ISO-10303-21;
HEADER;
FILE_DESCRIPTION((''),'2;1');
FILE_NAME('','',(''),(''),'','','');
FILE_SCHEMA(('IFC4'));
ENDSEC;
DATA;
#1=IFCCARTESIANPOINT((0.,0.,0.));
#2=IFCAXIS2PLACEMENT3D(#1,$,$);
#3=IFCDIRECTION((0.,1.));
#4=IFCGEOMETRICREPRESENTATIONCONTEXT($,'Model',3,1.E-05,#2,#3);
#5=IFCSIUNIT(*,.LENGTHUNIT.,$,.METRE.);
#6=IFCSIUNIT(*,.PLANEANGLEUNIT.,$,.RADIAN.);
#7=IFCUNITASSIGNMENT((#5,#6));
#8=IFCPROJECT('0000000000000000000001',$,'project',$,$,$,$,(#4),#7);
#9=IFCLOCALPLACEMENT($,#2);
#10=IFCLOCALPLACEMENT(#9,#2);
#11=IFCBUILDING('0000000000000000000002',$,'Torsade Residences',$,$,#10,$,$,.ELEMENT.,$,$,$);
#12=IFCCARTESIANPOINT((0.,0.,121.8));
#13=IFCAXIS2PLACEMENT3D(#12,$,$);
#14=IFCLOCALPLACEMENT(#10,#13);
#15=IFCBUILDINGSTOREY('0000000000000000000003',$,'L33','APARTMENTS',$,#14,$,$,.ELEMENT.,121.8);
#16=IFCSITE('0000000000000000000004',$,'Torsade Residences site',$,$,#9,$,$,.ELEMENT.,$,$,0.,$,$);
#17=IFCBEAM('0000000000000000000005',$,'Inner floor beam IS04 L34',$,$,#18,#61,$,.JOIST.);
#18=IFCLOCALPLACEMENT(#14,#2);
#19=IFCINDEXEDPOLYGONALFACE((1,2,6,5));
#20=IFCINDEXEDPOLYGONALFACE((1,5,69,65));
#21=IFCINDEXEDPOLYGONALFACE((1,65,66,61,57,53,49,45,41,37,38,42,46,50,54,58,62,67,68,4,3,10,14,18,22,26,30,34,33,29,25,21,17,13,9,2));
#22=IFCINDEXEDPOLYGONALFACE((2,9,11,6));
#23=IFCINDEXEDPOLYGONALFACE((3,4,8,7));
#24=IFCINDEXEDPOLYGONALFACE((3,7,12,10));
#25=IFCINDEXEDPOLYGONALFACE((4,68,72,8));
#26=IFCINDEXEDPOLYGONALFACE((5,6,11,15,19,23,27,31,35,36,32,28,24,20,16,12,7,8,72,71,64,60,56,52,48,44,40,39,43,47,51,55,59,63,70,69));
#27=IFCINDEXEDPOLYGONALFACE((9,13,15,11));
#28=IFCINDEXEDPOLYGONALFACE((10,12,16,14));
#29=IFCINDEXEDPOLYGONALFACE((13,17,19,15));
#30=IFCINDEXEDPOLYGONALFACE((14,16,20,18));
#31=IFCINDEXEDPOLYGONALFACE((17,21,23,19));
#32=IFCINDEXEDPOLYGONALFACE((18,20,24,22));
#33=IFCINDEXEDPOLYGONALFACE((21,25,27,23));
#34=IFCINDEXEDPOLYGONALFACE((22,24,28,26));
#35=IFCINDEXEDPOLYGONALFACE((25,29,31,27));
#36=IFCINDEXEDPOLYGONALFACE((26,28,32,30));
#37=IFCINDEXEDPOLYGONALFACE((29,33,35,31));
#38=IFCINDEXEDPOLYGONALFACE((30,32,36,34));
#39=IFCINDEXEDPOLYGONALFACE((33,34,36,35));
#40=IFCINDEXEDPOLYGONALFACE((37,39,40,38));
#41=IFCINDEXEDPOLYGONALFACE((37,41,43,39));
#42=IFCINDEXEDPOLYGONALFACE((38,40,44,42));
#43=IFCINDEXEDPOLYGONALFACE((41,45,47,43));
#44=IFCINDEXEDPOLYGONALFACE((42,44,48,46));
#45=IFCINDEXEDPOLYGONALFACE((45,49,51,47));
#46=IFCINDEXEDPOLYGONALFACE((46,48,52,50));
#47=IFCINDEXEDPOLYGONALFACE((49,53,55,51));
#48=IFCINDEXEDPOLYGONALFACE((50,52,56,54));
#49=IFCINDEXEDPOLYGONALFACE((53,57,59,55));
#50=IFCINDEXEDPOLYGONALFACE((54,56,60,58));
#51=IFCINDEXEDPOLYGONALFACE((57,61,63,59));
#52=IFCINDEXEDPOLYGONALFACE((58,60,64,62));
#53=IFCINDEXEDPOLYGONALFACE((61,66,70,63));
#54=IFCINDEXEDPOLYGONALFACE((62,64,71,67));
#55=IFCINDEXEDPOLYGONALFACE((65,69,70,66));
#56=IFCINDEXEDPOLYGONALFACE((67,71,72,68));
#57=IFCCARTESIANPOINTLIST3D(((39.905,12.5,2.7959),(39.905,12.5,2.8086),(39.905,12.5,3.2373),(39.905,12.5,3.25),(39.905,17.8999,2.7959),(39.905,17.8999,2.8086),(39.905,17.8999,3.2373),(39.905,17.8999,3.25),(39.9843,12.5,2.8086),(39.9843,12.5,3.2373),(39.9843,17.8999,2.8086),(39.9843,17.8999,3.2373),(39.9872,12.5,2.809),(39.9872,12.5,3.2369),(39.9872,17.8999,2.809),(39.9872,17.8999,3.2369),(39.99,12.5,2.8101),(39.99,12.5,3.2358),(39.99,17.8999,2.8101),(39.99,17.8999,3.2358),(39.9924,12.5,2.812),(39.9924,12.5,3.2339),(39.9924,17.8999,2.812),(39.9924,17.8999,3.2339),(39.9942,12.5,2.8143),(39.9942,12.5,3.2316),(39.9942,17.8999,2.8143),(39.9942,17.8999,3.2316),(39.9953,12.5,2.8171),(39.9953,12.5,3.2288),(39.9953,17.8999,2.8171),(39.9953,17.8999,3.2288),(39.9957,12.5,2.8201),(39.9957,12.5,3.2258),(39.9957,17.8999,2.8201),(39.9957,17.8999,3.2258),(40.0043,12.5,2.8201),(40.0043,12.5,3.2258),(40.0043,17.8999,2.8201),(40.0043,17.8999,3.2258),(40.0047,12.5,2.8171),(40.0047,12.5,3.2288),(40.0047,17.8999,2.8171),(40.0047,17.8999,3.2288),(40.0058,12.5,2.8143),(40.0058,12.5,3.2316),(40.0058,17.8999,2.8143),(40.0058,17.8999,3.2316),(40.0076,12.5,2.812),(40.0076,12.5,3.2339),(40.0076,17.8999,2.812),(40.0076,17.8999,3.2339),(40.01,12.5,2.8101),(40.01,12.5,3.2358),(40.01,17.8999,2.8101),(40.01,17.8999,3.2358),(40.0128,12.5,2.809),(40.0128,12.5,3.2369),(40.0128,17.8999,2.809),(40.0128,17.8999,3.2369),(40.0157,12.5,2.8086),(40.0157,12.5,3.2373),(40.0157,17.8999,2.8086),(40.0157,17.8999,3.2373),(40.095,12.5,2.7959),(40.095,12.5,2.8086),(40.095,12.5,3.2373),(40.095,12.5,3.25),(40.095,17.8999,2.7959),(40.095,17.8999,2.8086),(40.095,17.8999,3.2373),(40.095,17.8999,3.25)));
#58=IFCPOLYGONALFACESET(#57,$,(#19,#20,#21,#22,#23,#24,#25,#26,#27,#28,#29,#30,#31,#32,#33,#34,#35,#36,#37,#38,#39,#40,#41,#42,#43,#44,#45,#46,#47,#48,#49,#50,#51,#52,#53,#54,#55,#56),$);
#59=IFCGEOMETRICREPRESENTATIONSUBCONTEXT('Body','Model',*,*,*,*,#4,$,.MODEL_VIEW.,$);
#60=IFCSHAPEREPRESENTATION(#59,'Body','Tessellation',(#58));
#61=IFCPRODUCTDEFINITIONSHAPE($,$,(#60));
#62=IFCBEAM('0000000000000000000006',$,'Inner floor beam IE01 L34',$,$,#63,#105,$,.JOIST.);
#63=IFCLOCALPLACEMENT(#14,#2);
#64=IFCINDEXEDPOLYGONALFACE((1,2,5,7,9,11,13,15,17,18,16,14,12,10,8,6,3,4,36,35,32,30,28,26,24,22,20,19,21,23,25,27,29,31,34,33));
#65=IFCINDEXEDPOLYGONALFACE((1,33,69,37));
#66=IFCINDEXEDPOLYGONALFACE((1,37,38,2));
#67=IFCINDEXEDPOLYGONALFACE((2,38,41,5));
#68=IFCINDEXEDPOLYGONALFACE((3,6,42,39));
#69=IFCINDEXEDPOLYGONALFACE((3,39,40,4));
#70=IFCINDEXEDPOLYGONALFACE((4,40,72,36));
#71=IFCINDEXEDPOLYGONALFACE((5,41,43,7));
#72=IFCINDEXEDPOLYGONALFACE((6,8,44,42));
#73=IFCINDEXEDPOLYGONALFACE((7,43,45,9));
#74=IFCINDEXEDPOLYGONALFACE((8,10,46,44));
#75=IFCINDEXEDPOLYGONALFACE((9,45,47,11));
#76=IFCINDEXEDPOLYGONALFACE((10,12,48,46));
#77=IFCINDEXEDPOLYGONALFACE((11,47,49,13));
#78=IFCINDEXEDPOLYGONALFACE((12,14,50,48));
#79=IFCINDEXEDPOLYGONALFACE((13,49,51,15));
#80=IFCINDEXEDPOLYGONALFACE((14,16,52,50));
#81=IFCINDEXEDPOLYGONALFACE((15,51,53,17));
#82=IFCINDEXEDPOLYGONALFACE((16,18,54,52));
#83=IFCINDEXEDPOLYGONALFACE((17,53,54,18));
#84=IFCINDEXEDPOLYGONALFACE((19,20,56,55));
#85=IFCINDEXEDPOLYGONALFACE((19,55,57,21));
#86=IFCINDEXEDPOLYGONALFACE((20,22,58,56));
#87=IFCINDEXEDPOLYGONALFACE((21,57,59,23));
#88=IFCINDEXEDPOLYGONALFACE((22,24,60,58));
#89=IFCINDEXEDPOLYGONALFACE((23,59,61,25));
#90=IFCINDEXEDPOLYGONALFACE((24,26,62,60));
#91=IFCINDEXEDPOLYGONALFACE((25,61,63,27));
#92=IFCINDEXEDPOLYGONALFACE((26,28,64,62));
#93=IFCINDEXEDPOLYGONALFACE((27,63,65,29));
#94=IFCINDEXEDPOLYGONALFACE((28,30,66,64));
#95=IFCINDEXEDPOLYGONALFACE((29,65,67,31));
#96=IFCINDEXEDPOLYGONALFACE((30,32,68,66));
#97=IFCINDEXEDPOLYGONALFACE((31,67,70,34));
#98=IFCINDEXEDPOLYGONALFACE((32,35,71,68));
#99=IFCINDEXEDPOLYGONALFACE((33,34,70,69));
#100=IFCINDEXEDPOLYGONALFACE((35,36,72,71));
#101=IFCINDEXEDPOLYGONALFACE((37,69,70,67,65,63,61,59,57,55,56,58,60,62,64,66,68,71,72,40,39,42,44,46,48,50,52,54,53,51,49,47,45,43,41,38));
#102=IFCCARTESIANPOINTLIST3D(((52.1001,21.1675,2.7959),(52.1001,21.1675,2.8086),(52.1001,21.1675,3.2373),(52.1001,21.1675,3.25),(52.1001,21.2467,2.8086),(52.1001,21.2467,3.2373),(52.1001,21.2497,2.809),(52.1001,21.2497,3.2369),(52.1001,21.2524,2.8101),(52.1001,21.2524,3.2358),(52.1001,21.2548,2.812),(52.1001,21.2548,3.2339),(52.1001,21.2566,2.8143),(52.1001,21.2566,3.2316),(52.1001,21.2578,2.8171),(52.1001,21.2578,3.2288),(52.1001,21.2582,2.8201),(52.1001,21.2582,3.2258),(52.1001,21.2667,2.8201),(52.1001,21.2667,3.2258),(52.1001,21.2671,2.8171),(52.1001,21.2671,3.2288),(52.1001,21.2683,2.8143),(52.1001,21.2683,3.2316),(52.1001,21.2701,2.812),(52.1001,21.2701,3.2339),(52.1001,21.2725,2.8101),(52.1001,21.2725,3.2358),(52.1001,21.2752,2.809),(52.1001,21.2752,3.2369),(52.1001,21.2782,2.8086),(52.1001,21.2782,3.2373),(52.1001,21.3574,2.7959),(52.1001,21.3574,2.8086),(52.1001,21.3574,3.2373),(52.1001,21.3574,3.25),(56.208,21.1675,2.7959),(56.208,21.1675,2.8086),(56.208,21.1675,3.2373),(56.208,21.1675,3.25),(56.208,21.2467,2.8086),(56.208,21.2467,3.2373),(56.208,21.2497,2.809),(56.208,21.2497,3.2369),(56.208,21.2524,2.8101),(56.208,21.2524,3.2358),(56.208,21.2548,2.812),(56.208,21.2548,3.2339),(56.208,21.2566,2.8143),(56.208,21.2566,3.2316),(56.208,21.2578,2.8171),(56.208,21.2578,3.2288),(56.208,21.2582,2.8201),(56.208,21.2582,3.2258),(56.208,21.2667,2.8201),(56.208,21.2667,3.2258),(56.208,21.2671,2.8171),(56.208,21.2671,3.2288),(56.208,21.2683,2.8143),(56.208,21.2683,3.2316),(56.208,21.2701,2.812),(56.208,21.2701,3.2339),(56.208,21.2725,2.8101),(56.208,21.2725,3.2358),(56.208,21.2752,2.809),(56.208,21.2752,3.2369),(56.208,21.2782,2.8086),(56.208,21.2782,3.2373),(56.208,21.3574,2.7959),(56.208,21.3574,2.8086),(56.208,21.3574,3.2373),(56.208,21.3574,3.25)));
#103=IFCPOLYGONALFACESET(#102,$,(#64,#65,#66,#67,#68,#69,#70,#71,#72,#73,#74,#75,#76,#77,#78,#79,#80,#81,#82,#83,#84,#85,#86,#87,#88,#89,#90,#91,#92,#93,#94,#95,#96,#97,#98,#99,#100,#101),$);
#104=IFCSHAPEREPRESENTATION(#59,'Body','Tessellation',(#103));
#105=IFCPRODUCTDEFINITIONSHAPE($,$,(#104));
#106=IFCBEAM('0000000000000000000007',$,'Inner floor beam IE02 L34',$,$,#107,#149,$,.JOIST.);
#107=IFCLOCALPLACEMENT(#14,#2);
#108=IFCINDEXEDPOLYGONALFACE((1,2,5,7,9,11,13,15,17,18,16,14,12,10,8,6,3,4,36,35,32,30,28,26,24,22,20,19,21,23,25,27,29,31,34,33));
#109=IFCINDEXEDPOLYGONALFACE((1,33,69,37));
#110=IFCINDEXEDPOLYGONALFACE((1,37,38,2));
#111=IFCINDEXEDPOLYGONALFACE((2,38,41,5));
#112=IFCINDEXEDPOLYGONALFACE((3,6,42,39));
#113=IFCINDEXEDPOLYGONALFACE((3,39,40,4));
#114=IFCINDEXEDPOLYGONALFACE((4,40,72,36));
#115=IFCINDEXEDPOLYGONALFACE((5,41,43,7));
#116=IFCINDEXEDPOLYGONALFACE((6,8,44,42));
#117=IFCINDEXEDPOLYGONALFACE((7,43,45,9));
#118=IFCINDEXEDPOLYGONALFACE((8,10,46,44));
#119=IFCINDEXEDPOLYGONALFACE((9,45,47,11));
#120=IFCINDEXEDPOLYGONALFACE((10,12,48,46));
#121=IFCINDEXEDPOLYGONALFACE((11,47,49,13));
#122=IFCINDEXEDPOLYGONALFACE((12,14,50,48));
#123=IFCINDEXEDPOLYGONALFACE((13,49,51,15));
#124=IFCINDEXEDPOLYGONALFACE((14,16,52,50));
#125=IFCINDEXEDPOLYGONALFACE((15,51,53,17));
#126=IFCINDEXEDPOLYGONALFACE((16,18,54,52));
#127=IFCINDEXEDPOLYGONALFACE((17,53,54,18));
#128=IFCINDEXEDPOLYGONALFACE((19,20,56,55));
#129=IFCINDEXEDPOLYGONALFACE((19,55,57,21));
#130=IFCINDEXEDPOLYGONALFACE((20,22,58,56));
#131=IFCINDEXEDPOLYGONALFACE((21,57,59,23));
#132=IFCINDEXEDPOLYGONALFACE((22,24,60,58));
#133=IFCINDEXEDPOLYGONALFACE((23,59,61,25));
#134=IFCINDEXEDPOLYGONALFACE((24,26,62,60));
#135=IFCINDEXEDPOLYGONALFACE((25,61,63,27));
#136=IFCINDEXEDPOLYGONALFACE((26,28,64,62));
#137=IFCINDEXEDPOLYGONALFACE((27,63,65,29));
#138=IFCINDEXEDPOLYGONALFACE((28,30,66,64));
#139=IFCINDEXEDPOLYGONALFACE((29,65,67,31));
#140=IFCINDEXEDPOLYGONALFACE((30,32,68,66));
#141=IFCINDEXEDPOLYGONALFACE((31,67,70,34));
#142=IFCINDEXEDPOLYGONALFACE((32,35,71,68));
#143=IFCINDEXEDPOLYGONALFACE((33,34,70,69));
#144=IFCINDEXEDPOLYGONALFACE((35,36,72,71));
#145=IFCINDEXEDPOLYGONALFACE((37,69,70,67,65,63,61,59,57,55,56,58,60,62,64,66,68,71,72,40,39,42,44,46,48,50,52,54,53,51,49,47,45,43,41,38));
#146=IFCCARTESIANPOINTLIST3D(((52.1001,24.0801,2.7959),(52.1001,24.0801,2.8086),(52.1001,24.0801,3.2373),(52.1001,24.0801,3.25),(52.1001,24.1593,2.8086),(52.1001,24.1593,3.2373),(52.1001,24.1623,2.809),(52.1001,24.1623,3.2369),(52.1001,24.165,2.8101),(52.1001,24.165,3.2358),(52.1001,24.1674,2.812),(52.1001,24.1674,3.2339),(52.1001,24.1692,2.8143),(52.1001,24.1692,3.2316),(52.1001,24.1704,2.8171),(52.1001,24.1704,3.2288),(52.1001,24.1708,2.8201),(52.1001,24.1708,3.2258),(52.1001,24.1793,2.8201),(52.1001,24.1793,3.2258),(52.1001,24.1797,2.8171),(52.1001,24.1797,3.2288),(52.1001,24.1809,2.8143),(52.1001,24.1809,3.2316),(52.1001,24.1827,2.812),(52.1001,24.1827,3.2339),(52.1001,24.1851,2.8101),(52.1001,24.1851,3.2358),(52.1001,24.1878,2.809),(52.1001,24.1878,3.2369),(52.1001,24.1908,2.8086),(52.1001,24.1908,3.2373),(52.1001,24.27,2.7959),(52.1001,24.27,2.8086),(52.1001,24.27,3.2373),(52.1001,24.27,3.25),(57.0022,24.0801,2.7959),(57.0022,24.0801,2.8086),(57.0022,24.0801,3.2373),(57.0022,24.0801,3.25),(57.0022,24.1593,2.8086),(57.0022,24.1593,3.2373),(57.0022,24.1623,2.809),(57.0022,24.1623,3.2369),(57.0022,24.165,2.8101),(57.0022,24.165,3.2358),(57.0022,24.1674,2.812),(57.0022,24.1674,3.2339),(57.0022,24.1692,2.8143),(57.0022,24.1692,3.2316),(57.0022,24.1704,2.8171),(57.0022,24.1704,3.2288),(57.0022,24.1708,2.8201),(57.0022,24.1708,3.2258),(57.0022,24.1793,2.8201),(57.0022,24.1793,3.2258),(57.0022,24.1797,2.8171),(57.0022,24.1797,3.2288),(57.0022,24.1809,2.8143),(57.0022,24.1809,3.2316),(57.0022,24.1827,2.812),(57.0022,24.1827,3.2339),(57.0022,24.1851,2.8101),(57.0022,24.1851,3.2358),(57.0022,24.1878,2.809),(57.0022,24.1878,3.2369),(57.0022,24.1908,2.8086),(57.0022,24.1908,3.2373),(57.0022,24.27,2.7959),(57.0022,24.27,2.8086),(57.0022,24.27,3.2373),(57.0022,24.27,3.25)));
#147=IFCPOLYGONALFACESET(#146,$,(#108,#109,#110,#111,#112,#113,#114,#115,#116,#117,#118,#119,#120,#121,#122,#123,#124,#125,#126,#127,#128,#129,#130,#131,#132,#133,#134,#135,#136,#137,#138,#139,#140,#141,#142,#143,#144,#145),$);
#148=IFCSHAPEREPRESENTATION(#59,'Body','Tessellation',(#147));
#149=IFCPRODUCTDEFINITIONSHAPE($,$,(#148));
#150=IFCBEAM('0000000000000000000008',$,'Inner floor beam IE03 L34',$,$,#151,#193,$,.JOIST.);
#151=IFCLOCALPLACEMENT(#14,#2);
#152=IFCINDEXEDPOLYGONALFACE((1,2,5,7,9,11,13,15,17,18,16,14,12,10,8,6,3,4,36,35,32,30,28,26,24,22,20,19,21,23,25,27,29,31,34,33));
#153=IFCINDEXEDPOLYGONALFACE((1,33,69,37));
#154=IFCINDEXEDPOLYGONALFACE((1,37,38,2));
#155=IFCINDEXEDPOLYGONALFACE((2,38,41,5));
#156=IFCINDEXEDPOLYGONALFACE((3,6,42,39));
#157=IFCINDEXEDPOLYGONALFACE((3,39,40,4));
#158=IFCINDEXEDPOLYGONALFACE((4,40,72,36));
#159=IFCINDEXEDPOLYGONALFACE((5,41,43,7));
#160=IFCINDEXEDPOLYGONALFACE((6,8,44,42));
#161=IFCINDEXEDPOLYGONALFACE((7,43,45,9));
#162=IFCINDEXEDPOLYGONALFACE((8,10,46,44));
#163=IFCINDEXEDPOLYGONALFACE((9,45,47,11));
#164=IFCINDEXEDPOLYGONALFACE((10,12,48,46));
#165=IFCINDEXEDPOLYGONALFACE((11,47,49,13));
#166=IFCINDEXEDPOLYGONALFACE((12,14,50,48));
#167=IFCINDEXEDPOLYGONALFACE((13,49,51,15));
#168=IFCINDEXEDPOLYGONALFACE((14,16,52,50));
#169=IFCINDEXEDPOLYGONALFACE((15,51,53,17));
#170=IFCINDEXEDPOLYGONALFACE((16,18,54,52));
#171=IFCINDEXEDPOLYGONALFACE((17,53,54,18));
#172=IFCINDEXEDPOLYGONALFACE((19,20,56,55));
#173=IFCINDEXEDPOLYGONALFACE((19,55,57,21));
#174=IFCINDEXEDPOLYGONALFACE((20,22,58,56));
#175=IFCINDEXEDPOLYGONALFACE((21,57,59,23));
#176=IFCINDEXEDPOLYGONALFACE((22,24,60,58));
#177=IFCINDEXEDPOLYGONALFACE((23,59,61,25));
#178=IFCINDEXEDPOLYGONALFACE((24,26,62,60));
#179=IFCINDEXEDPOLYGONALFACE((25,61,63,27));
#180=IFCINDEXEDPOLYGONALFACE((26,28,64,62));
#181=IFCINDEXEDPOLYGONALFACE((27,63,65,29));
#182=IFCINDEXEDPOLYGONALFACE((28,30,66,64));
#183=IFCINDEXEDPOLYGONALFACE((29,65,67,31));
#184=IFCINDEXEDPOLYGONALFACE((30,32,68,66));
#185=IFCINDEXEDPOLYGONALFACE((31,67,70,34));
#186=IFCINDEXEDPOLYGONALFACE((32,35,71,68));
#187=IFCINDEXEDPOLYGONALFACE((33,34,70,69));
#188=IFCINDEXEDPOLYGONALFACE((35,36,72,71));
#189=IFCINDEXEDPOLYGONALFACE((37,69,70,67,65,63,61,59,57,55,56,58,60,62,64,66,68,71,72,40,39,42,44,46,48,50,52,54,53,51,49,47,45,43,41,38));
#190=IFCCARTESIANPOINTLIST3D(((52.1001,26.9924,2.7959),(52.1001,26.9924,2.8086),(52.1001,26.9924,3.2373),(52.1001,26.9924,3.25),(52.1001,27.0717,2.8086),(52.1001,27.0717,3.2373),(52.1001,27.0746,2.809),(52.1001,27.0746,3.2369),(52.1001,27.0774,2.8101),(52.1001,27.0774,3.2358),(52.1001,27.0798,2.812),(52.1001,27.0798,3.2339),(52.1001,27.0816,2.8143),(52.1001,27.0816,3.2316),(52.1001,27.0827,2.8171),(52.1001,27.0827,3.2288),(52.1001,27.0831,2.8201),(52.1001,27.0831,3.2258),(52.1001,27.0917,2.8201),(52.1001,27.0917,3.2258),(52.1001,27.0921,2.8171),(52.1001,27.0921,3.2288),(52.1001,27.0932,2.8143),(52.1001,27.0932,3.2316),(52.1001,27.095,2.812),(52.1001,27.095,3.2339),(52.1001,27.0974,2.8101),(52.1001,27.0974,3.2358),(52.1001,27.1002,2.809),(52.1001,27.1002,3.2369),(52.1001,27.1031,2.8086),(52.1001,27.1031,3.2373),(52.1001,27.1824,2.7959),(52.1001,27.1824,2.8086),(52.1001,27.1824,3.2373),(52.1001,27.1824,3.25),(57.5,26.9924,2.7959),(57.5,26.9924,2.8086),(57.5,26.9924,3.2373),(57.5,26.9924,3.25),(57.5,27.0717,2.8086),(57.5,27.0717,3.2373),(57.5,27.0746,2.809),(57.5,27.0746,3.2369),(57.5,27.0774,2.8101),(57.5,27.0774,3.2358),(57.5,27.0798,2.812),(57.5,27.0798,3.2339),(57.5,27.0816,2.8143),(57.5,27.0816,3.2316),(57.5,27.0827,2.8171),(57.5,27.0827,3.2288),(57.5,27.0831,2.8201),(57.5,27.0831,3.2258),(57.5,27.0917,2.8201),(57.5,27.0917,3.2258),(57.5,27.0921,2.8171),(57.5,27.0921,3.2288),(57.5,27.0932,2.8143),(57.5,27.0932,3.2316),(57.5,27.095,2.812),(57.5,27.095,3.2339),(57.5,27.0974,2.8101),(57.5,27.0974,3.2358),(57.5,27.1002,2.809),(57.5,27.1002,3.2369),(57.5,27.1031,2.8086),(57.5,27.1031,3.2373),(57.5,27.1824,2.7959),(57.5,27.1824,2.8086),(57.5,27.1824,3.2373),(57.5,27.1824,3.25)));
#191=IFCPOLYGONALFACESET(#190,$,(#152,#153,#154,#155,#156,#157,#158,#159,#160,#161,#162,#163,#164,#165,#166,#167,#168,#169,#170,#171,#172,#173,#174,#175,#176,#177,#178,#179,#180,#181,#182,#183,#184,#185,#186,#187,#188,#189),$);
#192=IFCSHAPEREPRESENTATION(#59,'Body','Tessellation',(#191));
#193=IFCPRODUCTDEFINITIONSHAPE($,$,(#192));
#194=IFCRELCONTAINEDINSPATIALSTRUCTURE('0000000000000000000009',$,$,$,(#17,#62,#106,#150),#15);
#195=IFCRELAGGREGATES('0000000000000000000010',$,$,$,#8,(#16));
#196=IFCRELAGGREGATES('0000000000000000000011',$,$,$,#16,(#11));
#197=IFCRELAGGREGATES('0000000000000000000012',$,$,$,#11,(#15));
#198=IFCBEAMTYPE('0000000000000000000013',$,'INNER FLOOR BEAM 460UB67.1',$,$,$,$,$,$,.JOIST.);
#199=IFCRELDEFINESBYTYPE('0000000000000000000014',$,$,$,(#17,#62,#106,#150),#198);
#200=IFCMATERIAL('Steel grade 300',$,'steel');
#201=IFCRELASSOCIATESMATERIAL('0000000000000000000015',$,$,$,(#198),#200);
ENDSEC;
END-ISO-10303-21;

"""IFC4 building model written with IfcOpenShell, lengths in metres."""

from ifc_helpers import new_model, si_unit, direction, frame, origin, origin_2d, place, context, subcontext, project, spatial, i_section, extrude, material, material_profile, profile_set, type_object, element, save


model = new_model("IFC4")

# Units and contexts
model_context = context("Model", 3, precision=1e-05, world=origin(), true_north=direction((0.0, 1.0)))
body_context = subcontext(model_context, "Body", "Model", "MODEL_VIEW")
ifc_project = project(units=[si_unit("LENGTHUNIT", "METRE"), si_unit("PLANEANGLEUNIT", "RADIAN")], contexts=[model_context])

# Site, building, storey
site_placement = place(None, origin())
site = spatial("IfcSite", under=ifc_project, at=site_placement, Name="Torsade Residences site", CompositionType="ELEMENT", RefElevation=0.0)
building_placement = place(site_placement, origin())
building = spatial("IfcBuilding", under=site, at=building_placement, Name="Torsade Residences", CompositionType="ELEMENT")
storey_placement = place(building_placement, frame((0.0, 0.0, 121.8)))
storey = spatial("IfcBuildingStorey", under=building, at=storey_placement, Name="L33", Description="APARTMENTS", CompositionType="ELEMENT", Elevation=121.8)

# Beams
ifc_material_1 = material(Name="Steel grade 300", Category="steel")
ifc_material_profile_1 = material_profile(ifc_material_1, i_section(OverallWidth=0.1899, OverallDepth=0.4541, WebThickness=0.0085, FlangeThickness=0.0127, FilletRadius=0.0115, at=origin_2d()), Name="460UB67.1")
ifc_profile_set_1 = profile_set([ifc_material_profile_1], Name="Steel grade 300")
beam_type_1 = type_object("IfcBeamType", Name="INNER FLOOR BEAM 460UB67.1", PredefinedType="JOIST", material=ifc_profile_set_1)
for number, where, z_axis, x_axis, name in (
    (1, (40.0, 17.8999, 3.0229), (0.0, -1.0, 0.0), (1.0, 0.0, 0.0), "Inner floor beam IS04 L34"),
):
    element("IfcBeam", number, at=place(storey_placement, frame(where, z_axis=z_axis, x_axis=x_axis)), inside=storey, type_object=beam_type_1, Name=name, PredefinedType="JOIST", context=body_context, shape_type="SweptSolid", body=[
        extrude(i_section(OverallWidth=0.1899, OverallDepth=0.4541, WebThickness=0.0085, FlangeThickness=0.0127, FilletRadius=0.0115, at=origin_2d()), origin(), (0.0, 0.0, 1.0), 5.3999),
    ])
beam_1_placement = place(storey_placement, frame((52.1001, 21.2625, 3.0229), z_axis=(1.0, 0.0, 0.0), x_axis=(0.0, 1.0, 0.0)))
element("IfcBeam", 2, at=beam_1_placement, inside=storey, type_object=beam_type_1, Name="Inner floor beam IE01 L34", PredefinedType="JOIST", context=body_context, shape_type="SweptSolid", body=[
    extrude(i_section(OverallWidth=0.1899, OverallDepth=0.4541, WebThickness=0.0085, FlangeThickness=0.0127, FilletRadius=0.0115, at=origin_2d()), origin(), (0.0, 0.0, 1.0), 4.1079),
])
beam_2_placement = place(storey_placement, frame((52.1001, 24.175, 3.0229), z_axis=(1.0, 0.0, 0.0), x_axis=(0.0, 1.0, 0.0)))
element("IfcBeam", 3, at=beam_2_placement, inside=storey, type_object=beam_type_1, Name="Inner floor beam IE02 L34", PredefinedType="JOIST", context=body_context, shape_type="SweptSolid", body=[
    extrude(i_section(OverallWidth=0.1899, OverallDepth=0.4541, WebThickness=0.0085, FlangeThickness=0.0127, FilletRadius=0.0115, at=origin_2d()), origin(), (0.0, 0.0, 1.0), 4.9021),
])
beam_3_placement = place(storey_placement, frame((52.1001, 27.0874, 3.0229), z_axis=(1.0, 0.0, 0.0), x_axis=(0.0, 1.0, 0.0)))
element("IfcBeam", 4, at=beam_3_placement, inside=storey, type_object=beam_type_1, Name="Inner floor beam IE03 L34", PredefinedType="JOIST", context=body_context, shape_type="SweptSolid", body=[
    extrude(i_section(OverallWidth=0.1899, OverallDepth=0.4541, WebThickness=0.0085, FlangeThickness=0.0127, FilletRadius=0.0115, at=origin_2d()), origin(), (0.0, 0.0, 1.0), 5.3999),
])

save(model, "model.ifc")
